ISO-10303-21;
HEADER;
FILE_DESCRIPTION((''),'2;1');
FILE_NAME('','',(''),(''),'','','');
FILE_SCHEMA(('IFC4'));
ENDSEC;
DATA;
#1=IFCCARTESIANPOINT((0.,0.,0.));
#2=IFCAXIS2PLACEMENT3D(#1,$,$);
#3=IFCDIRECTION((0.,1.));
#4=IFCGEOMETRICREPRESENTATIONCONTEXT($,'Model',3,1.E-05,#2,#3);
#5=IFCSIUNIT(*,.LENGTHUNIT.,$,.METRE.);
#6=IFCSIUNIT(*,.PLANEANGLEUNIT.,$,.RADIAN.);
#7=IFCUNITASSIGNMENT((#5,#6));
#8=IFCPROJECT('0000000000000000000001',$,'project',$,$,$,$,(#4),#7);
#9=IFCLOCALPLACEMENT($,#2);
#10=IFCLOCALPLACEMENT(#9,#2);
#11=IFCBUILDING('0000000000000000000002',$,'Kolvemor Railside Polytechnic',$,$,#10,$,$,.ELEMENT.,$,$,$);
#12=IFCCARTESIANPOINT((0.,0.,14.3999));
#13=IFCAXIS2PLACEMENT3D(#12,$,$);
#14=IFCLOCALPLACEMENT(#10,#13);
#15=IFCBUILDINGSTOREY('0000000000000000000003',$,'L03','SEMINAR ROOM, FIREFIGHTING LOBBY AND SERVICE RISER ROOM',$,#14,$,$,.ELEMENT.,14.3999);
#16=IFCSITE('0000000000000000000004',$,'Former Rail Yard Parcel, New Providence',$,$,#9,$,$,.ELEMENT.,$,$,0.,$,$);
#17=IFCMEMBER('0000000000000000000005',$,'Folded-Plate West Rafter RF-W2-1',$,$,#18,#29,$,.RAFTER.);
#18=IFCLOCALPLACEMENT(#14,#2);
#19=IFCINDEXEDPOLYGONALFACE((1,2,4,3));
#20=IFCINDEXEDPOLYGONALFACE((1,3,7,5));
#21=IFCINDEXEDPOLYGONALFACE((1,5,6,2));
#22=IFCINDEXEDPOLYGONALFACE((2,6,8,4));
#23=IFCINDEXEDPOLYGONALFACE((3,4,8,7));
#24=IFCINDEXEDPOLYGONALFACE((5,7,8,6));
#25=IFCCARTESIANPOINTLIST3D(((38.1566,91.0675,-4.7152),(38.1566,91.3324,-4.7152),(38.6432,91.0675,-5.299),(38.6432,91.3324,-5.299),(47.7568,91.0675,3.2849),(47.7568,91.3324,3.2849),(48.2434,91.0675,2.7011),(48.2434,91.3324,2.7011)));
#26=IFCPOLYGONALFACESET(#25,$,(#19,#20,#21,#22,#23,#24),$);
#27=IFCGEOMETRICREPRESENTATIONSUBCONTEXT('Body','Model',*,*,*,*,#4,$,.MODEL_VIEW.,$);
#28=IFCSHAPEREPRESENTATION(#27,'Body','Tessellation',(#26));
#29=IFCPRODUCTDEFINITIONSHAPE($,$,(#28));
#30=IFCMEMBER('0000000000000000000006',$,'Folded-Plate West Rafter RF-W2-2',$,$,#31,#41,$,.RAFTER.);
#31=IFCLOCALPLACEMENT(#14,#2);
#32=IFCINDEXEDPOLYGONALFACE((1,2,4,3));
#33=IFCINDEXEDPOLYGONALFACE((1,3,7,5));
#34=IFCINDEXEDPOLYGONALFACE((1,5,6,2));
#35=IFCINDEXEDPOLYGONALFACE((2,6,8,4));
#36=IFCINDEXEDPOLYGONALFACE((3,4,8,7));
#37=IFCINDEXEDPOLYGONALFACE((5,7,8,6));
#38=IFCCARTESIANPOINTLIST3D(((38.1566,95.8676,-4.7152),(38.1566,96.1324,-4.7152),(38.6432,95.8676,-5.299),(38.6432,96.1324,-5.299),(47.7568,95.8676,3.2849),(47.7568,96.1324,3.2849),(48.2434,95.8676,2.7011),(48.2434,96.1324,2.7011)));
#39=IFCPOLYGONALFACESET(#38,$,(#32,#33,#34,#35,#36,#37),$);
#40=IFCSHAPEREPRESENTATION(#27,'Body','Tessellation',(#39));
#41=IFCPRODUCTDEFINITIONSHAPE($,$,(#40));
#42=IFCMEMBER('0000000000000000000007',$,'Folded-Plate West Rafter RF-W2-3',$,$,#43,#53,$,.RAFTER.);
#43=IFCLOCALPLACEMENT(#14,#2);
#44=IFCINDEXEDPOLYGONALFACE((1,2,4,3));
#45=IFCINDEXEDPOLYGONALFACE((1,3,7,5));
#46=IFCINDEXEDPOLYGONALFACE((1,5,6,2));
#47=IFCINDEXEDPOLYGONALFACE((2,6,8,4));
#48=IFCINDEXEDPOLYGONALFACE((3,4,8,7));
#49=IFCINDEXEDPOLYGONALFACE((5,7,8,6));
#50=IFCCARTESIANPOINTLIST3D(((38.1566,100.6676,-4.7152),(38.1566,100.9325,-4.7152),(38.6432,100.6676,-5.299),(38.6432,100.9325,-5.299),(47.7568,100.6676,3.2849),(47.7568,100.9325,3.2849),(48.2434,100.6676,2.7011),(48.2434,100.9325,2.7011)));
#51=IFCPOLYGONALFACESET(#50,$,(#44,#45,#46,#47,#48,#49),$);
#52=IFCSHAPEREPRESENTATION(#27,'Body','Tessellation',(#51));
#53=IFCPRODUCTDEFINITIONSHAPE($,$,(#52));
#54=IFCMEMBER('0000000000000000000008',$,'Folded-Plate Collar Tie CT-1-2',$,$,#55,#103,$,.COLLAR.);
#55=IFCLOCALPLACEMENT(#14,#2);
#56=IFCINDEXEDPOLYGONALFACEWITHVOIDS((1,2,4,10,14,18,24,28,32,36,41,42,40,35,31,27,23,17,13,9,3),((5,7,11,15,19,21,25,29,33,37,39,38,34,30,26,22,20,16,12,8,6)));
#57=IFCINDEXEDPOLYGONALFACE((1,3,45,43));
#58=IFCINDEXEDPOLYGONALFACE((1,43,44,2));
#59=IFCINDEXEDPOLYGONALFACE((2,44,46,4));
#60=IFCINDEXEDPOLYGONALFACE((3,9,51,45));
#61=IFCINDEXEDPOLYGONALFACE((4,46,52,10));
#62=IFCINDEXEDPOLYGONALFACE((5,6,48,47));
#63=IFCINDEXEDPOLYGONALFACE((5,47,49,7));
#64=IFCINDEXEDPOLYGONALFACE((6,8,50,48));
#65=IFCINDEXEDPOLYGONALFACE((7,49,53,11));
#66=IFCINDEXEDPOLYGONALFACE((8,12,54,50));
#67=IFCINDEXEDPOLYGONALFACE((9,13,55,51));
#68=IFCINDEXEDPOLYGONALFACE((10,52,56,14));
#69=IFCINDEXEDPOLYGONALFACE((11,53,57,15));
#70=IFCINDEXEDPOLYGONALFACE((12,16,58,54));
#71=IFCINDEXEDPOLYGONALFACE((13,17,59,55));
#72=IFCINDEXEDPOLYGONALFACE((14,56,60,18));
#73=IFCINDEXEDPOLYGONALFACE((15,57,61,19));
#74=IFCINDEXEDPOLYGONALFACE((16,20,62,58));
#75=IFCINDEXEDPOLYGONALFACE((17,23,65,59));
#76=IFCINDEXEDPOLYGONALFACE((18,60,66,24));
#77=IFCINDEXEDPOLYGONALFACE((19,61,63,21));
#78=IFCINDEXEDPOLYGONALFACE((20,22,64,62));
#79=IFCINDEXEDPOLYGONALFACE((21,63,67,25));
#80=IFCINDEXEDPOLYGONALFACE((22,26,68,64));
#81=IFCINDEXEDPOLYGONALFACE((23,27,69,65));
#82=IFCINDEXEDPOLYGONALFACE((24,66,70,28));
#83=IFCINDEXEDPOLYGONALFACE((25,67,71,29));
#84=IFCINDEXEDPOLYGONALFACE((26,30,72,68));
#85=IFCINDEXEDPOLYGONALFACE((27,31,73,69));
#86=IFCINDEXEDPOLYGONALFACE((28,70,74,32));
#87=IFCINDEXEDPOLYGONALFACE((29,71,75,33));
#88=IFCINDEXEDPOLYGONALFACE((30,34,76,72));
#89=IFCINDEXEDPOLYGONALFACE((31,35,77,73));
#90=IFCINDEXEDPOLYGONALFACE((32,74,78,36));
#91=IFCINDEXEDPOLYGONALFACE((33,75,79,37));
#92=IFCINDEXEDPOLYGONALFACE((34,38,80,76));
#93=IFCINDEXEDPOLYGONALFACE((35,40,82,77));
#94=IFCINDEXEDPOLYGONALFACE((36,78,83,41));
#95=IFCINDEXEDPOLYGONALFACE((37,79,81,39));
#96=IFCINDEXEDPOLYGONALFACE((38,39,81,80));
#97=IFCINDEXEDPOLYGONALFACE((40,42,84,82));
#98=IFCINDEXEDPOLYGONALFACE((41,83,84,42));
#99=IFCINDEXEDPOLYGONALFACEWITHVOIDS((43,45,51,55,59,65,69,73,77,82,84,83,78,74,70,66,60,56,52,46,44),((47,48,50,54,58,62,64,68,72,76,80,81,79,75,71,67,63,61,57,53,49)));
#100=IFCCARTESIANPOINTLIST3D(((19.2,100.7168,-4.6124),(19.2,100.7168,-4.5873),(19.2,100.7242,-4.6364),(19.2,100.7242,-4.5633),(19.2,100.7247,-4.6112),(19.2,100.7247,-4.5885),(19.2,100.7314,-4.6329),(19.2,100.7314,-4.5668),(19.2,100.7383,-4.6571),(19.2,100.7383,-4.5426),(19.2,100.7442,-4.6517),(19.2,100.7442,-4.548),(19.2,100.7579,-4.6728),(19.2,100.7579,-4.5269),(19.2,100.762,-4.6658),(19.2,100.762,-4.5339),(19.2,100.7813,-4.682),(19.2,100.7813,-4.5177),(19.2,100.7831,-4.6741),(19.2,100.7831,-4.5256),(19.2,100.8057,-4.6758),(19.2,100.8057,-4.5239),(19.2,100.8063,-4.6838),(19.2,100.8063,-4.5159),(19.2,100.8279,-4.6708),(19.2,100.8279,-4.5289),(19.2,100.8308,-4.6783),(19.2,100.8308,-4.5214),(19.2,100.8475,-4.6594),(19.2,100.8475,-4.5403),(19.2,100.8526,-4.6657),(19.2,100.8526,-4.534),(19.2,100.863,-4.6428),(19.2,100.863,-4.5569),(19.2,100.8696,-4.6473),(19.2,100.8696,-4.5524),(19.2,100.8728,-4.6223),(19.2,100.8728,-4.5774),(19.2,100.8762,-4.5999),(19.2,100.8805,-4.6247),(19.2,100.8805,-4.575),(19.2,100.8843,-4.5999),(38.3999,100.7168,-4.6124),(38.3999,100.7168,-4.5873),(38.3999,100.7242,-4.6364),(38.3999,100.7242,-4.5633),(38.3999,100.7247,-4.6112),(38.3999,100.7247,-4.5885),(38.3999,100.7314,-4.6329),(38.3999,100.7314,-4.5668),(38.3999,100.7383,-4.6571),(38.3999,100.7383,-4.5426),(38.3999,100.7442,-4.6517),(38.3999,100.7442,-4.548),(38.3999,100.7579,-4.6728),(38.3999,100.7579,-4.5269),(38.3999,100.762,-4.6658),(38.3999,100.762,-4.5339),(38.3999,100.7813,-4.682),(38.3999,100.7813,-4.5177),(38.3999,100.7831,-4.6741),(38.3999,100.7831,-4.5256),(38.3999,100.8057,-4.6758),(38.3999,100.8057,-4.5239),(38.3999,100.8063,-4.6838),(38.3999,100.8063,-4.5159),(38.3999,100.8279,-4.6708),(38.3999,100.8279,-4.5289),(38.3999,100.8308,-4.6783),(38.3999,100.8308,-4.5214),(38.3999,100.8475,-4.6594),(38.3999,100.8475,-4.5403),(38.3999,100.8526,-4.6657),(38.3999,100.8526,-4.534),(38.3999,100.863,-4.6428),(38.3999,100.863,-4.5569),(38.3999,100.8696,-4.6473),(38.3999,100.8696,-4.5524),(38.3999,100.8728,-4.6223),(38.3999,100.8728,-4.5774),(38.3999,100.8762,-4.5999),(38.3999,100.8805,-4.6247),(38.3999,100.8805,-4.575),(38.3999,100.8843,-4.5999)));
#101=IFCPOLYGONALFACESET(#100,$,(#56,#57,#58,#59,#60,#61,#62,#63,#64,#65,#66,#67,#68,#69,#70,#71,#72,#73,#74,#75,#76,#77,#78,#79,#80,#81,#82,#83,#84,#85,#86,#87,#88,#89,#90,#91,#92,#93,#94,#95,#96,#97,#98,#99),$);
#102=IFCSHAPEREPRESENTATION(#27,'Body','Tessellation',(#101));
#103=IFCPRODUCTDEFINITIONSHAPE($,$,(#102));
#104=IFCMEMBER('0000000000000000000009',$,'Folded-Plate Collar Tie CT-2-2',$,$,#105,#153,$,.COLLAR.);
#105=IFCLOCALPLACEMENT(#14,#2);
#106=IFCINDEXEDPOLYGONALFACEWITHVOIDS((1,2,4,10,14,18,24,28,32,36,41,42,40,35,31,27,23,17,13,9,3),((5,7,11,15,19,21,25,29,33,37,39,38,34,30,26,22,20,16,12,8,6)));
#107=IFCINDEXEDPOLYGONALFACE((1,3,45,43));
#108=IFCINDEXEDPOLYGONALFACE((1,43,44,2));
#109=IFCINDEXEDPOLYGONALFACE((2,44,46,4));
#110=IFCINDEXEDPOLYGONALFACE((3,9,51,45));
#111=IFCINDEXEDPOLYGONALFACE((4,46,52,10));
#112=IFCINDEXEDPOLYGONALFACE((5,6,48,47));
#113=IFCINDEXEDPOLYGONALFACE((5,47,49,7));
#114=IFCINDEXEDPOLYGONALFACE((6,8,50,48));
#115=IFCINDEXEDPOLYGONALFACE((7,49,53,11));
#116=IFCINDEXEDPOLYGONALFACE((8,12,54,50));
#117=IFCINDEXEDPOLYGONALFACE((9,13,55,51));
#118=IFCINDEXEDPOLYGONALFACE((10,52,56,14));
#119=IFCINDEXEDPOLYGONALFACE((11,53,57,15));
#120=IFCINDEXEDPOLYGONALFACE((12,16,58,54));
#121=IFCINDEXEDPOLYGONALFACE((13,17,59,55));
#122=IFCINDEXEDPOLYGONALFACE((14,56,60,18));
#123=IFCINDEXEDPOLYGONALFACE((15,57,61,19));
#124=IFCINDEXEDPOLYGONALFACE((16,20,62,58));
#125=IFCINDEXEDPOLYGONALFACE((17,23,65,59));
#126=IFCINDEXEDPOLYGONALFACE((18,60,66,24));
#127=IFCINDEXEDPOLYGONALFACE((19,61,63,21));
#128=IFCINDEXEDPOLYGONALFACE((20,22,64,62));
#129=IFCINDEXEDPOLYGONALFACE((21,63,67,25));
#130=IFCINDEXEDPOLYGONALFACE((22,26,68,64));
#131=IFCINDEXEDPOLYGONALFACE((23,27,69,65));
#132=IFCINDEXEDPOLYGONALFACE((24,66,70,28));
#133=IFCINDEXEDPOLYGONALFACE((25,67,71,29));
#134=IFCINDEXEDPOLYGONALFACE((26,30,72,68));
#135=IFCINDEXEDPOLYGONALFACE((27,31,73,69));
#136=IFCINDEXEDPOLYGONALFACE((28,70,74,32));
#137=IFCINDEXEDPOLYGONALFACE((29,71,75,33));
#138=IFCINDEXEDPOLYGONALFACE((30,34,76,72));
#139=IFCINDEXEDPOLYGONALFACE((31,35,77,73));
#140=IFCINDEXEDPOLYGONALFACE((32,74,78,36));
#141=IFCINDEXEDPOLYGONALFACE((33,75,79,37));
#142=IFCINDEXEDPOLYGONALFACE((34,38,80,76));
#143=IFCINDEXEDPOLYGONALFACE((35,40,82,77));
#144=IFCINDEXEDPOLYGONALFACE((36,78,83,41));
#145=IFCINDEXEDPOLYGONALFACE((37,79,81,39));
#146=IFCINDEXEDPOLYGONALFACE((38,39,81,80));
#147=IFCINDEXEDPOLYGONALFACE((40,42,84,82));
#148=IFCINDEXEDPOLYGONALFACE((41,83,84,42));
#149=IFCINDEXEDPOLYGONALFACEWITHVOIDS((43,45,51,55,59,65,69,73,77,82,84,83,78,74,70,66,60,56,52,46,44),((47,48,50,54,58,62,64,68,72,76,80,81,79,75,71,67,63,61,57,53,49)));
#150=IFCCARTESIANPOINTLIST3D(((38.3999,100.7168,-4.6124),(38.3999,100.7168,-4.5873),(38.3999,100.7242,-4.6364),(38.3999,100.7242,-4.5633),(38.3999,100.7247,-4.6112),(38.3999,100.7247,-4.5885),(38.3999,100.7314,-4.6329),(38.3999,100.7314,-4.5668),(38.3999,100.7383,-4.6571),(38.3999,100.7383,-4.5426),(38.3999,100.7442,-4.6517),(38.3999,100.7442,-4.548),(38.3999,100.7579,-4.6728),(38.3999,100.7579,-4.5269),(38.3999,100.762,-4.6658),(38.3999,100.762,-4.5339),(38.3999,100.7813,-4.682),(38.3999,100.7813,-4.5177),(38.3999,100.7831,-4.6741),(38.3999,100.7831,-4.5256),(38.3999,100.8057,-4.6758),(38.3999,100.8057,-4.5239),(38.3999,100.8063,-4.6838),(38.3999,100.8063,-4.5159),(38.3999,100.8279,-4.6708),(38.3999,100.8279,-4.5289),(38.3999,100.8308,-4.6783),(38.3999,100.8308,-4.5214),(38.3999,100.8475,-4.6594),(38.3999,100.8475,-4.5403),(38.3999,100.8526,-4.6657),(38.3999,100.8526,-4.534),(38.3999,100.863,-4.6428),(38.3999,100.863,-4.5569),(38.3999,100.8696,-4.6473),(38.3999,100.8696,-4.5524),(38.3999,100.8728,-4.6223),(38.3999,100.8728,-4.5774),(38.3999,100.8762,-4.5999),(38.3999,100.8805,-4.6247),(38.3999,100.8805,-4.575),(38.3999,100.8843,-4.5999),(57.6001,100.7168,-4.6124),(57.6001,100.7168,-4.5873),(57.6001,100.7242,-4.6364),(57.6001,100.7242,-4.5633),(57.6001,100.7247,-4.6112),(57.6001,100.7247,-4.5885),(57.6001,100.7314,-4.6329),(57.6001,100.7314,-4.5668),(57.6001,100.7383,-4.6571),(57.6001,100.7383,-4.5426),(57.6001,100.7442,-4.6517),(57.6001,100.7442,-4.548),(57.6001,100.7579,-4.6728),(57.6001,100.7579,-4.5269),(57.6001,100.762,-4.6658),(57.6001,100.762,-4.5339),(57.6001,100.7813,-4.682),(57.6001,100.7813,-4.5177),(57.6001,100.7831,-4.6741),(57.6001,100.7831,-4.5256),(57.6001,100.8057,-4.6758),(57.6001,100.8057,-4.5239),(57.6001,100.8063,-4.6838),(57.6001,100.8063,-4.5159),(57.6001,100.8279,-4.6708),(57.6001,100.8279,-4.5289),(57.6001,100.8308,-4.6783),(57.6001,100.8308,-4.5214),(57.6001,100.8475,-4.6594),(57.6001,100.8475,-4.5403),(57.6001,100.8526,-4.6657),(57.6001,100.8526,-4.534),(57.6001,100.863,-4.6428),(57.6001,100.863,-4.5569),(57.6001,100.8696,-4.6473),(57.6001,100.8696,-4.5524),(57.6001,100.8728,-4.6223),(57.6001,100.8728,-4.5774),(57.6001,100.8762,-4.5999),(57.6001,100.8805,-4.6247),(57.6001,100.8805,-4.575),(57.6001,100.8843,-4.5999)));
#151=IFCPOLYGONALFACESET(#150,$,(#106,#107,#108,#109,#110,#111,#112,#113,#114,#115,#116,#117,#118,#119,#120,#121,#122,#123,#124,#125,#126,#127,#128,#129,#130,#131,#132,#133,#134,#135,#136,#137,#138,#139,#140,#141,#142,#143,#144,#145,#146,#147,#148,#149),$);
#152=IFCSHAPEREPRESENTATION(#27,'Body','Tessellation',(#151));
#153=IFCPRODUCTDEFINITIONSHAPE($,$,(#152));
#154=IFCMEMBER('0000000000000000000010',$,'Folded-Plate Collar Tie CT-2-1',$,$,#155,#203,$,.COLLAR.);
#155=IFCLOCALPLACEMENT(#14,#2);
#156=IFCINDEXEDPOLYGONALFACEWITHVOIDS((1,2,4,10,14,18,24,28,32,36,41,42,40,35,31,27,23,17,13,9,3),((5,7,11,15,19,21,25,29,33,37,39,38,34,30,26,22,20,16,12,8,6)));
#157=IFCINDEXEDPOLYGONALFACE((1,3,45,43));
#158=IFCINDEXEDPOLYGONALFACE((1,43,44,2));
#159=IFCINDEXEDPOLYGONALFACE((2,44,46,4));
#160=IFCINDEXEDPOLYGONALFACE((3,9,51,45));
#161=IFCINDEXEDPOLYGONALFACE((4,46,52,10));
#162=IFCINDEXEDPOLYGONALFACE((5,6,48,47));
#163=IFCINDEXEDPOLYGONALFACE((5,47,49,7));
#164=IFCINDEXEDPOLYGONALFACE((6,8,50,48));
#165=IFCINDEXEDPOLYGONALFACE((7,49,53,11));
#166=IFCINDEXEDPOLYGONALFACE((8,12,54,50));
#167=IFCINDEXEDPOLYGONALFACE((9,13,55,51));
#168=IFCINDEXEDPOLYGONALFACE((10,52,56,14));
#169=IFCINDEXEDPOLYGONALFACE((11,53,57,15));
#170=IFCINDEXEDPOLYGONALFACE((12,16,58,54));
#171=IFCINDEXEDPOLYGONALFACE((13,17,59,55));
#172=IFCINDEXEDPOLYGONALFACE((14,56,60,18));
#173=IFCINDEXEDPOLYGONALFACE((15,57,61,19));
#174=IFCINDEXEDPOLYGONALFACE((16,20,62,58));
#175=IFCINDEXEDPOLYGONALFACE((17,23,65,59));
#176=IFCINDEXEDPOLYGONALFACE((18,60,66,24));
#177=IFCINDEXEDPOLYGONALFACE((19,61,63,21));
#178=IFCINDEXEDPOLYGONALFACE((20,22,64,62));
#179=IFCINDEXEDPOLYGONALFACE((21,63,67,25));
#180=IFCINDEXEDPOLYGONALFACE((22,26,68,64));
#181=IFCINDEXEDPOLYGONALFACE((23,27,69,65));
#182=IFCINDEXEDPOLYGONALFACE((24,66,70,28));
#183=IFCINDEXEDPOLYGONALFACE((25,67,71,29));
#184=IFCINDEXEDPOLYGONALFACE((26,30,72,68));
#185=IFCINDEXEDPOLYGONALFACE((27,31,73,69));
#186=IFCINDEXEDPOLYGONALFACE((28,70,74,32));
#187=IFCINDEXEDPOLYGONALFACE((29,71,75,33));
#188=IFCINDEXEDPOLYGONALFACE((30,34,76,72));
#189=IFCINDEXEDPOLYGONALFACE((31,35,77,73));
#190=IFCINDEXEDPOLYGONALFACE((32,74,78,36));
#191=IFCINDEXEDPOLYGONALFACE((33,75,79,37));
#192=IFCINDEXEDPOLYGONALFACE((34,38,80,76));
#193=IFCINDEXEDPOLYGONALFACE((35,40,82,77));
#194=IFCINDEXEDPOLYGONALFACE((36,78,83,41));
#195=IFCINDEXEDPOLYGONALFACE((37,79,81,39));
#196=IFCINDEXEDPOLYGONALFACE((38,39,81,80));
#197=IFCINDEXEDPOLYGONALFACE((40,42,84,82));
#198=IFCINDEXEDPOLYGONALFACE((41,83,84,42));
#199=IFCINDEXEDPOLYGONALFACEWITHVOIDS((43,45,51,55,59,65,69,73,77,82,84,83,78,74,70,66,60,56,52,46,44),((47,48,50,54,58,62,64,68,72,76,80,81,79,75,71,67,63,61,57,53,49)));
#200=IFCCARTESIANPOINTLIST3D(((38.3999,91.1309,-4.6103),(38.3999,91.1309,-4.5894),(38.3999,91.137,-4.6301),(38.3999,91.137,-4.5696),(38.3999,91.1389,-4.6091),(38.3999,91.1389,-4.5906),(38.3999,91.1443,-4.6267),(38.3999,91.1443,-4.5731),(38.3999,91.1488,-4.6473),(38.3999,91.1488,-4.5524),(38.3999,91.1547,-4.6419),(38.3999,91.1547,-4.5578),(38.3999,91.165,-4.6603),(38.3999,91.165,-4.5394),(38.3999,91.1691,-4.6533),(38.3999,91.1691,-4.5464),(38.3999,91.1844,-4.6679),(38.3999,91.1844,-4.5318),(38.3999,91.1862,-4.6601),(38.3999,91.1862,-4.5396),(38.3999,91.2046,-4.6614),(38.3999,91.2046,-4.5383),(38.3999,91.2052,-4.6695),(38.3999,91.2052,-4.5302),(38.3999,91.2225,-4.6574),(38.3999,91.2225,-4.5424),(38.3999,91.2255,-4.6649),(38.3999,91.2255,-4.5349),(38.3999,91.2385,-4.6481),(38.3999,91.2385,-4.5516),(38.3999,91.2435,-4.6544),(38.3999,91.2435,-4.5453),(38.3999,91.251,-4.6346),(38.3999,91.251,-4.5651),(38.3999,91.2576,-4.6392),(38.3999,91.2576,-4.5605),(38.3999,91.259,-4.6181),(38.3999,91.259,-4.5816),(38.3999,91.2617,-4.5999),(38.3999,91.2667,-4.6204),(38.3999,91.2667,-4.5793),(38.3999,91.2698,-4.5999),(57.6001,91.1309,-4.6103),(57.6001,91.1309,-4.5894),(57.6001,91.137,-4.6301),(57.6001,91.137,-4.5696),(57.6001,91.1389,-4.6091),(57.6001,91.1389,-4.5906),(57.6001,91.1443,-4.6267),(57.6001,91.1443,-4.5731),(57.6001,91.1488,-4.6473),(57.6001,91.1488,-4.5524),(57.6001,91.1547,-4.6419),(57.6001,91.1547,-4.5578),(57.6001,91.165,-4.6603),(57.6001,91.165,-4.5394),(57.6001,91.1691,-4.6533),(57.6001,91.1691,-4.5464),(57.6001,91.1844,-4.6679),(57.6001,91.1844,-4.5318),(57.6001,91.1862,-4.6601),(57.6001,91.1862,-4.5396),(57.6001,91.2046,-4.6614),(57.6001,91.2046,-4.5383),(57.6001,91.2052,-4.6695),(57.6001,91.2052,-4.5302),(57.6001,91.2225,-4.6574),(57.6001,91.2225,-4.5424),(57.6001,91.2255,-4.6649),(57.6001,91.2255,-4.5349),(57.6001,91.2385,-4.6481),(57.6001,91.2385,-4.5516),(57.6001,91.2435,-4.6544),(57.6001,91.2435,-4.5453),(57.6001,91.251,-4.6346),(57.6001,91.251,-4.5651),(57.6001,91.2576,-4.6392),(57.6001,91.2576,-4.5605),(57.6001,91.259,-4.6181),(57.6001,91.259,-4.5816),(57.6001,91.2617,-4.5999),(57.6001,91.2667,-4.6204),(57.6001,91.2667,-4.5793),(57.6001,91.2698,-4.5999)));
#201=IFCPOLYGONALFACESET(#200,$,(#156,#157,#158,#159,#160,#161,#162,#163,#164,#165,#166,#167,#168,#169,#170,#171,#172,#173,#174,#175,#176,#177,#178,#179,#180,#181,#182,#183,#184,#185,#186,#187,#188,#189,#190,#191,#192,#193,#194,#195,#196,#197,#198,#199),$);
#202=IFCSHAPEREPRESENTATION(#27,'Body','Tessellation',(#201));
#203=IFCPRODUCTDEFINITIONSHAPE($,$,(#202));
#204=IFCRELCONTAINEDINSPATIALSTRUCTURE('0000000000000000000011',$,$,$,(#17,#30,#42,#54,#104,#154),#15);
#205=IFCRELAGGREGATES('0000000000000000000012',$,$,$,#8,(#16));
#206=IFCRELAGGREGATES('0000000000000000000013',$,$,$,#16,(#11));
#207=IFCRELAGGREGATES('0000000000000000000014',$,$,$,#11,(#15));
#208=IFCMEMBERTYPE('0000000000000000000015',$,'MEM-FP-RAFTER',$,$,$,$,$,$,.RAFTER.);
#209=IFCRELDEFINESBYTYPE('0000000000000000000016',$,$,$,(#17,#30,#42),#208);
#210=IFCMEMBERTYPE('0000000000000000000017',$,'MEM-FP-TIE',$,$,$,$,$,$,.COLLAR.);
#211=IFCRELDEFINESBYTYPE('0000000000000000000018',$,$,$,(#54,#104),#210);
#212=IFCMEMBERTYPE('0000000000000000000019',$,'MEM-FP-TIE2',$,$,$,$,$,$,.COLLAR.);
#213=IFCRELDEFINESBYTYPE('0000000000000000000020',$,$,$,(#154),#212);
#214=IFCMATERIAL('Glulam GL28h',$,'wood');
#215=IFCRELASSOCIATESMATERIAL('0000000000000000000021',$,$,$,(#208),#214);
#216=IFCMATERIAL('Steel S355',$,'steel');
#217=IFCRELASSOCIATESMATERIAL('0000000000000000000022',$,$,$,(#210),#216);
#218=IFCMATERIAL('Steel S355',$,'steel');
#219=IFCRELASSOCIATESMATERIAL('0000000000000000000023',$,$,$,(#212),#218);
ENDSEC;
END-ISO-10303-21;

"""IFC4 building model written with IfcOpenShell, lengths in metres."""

from ifc_helpers import new_model, si_unit, direction, frame, origin, origin_2d, place, context, subcontext, project, spatial, rectangle, hollow_circle, extrude, material, material_profile, profile_set, type_object, element, save


model = new_model("IFC4")

# Units and contexts
model_context = context("Model", 3, precision=1e-05, world=origin(), true_north=direction((0.0, 1.0)))
body_context = subcontext(model_context, "Body", "Model", "MODEL_VIEW")
ifc_project = project(units=[si_unit("LENGTHUNIT", "METRE"), si_unit("PLANEANGLEUNIT", "RADIAN")], contexts=[model_context])

# Site, building, storey
site_placement = place(None, origin())
site = spatial("IfcSite", under=ifc_project, at=site_placement, Name="Former Rail Yard Parcel, New Providence", CompositionType="ELEMENT", RefElevation=0.0)
building_placement = place(site_placement, origin())
building = spatial("IfcBuilding", under=site, at=building_placement, Name="Kolvemor Railside Polytechnic", CompositionType="ELEMENT")
storey_placement = place(building_placement, frame((0.0, 0.0, 14.3999)))
storey = spatial("IfcBuildingStorey", under=building, at=storey_placement, Name="L03", Description="SEMINAR ROOM, FIREFIGHTING LOBBY AND SERVICE RISER ROOM", CompositionType="ELEMENT", Elevation=14.3999)

# Members
ifc_material_1 = material(Name="Glulam GL28h", Category="wood")
ifc_material_profile_1 = material_profile(ifc_material_1, rectangle(XDim=0.2649, YDim=0.76, at=origin_2d()), Name="GL265x760")
ifc_profile_set_1 = profile_set([ifc_material_profile_1], Name="Glulam GL28h")
member_type_1 = type_object("IfcMemberType", Name="MEM-FP-RAFTER", PredefinedType="RAFTER", material=ifc_profile_set_1)
for number, where, z_axis, x_axis, name in (
    (1, (38.3999, 91.2, -5.0071), (0.768224, 0.0, 0.640181), (0.0, 1.0, 0.0), "Folded-Plate West Rafter RF-W2-1"),
    (2, (38.3999, 96.0, -5.0071), (0.768224, 0.0, 0.640181), (0.0, 1.0, 0.0), "Folded-Plate West Rafter RF-W2-2"),
    (3, (38.3999, 100.8, -5.0071), (0.768224, 0.0, 0.640181), (0.0, 1.0, 0.0), "Folded-Plate West Rafter RF-W2-3"),
):
    element("IfcMember", number, at=place(storey_placement, frame(where, z_axis=z_axis, x_axis=x_axis)), inside=storey, type_object=member_type_1, Name=name, PredefinedType="RAFTER", context=body_context, shape_type="SweptSolid", body=[
        extrude(rectangle(XDim=0.2649, YDim=0.76, at=origin_2d()), origin(), (0.0, 0.0, 1.0), 12.4966),
    ])
ifc_material_2 = material(Name="Steel S355", Category="steel")
ifc_material_profile_2 = material_profile(ifc_material_2, hollow_circle(Radius=0.0842, WallThickness=0.0081, at=origin_2d()), Name="CHS168.3x8")
ifc_profile_set_2 = profile_set([ifc_material_profile_2], Name="Steel S355")
member_type_2 = type_object("IfcMemberType", Name="MEM-FP-TIE", PredefinedType="COLLAR", material=ifc_profile_set_2)
member_1_placement = place(storey_placement, frame((19.2, 100.8, -4.5999), z_axis=(1.0, 0.0, 0.0), x_axis=(0.0, 1.0, 0.0)))
element("IfcMember", 4, at=member_1_placement, inside=storey, type_object=member_type_2, Name="Folded-Plate Collar Tie CT-1-2", PredefinedType="COLLAR", context=body_context, shape_type="SweptSolid", body=[
    extrude(hollow_circle(Radius=0.0842, WallThickness=0.0081, at=origin_2d()), origin(), (0.0, 0.0, 1.0), 19.2),
])
member_2_placement = place(storey_placement, frame((38.3999, 100.8, -4.5999), z_axis=(1.0, 0.0, 0.0), x_axis=(0.0, 1.0, 0.0)))
element("IfcMember", 5, at=member_2_placement, inside=storey, type_object=member_type_2, Name="Folded-Plate Collar Tie CT-2-2", PredefinedType="COLLAR", context=body_context, shape_type="SweptSolid", body=[
    extrude(hollow_circle(Radius=0.0842, WallThickness=0.0081, at=origin_2d()), origin(), (0.0, 0.0, 1.0), 19.2002),
])
ifc_material_3 = material(Name="Steel S355", Category="steel")
ifc_material_profile_3 = material_profile(ifc_material_3, hollow_circle(Radius=0.0698, WallThickness=0.0081, at=origin_2d()), Name="CHS139.7x8")
ifc_profile_set_3 = profile_set([ifc_material_profile_3], Name="Steel S355")
member_type_3 = type_object("IfcMemberType", Name="MEM-FP-TIE2", PredefinedType="COLLAR", material=ifc_profile_set_3)
member_3_placement = place(storey_placement, frame((38.3999, 91.2, -4.5999), z_axis=(1.0, 0.0, 0.0), x_axis=(0.0, 1.0, 0.0)))
element("IfcMember", 6, at=member_3_placement, inside=storey, type_object=member_type_3, Name="Folded-Plate Collar Tie CT-2-1", PredefinedType="COLLAR", context=body_context, shape_type="SweptSolid", body=[
    extrude(hollow_circle(Radius=0.0698, WallThickness=0.0081, at=origin_2d()), origin(), (0.0, 0.0, 1.0), 19.2002),
])

save(model, "model.ifc")
